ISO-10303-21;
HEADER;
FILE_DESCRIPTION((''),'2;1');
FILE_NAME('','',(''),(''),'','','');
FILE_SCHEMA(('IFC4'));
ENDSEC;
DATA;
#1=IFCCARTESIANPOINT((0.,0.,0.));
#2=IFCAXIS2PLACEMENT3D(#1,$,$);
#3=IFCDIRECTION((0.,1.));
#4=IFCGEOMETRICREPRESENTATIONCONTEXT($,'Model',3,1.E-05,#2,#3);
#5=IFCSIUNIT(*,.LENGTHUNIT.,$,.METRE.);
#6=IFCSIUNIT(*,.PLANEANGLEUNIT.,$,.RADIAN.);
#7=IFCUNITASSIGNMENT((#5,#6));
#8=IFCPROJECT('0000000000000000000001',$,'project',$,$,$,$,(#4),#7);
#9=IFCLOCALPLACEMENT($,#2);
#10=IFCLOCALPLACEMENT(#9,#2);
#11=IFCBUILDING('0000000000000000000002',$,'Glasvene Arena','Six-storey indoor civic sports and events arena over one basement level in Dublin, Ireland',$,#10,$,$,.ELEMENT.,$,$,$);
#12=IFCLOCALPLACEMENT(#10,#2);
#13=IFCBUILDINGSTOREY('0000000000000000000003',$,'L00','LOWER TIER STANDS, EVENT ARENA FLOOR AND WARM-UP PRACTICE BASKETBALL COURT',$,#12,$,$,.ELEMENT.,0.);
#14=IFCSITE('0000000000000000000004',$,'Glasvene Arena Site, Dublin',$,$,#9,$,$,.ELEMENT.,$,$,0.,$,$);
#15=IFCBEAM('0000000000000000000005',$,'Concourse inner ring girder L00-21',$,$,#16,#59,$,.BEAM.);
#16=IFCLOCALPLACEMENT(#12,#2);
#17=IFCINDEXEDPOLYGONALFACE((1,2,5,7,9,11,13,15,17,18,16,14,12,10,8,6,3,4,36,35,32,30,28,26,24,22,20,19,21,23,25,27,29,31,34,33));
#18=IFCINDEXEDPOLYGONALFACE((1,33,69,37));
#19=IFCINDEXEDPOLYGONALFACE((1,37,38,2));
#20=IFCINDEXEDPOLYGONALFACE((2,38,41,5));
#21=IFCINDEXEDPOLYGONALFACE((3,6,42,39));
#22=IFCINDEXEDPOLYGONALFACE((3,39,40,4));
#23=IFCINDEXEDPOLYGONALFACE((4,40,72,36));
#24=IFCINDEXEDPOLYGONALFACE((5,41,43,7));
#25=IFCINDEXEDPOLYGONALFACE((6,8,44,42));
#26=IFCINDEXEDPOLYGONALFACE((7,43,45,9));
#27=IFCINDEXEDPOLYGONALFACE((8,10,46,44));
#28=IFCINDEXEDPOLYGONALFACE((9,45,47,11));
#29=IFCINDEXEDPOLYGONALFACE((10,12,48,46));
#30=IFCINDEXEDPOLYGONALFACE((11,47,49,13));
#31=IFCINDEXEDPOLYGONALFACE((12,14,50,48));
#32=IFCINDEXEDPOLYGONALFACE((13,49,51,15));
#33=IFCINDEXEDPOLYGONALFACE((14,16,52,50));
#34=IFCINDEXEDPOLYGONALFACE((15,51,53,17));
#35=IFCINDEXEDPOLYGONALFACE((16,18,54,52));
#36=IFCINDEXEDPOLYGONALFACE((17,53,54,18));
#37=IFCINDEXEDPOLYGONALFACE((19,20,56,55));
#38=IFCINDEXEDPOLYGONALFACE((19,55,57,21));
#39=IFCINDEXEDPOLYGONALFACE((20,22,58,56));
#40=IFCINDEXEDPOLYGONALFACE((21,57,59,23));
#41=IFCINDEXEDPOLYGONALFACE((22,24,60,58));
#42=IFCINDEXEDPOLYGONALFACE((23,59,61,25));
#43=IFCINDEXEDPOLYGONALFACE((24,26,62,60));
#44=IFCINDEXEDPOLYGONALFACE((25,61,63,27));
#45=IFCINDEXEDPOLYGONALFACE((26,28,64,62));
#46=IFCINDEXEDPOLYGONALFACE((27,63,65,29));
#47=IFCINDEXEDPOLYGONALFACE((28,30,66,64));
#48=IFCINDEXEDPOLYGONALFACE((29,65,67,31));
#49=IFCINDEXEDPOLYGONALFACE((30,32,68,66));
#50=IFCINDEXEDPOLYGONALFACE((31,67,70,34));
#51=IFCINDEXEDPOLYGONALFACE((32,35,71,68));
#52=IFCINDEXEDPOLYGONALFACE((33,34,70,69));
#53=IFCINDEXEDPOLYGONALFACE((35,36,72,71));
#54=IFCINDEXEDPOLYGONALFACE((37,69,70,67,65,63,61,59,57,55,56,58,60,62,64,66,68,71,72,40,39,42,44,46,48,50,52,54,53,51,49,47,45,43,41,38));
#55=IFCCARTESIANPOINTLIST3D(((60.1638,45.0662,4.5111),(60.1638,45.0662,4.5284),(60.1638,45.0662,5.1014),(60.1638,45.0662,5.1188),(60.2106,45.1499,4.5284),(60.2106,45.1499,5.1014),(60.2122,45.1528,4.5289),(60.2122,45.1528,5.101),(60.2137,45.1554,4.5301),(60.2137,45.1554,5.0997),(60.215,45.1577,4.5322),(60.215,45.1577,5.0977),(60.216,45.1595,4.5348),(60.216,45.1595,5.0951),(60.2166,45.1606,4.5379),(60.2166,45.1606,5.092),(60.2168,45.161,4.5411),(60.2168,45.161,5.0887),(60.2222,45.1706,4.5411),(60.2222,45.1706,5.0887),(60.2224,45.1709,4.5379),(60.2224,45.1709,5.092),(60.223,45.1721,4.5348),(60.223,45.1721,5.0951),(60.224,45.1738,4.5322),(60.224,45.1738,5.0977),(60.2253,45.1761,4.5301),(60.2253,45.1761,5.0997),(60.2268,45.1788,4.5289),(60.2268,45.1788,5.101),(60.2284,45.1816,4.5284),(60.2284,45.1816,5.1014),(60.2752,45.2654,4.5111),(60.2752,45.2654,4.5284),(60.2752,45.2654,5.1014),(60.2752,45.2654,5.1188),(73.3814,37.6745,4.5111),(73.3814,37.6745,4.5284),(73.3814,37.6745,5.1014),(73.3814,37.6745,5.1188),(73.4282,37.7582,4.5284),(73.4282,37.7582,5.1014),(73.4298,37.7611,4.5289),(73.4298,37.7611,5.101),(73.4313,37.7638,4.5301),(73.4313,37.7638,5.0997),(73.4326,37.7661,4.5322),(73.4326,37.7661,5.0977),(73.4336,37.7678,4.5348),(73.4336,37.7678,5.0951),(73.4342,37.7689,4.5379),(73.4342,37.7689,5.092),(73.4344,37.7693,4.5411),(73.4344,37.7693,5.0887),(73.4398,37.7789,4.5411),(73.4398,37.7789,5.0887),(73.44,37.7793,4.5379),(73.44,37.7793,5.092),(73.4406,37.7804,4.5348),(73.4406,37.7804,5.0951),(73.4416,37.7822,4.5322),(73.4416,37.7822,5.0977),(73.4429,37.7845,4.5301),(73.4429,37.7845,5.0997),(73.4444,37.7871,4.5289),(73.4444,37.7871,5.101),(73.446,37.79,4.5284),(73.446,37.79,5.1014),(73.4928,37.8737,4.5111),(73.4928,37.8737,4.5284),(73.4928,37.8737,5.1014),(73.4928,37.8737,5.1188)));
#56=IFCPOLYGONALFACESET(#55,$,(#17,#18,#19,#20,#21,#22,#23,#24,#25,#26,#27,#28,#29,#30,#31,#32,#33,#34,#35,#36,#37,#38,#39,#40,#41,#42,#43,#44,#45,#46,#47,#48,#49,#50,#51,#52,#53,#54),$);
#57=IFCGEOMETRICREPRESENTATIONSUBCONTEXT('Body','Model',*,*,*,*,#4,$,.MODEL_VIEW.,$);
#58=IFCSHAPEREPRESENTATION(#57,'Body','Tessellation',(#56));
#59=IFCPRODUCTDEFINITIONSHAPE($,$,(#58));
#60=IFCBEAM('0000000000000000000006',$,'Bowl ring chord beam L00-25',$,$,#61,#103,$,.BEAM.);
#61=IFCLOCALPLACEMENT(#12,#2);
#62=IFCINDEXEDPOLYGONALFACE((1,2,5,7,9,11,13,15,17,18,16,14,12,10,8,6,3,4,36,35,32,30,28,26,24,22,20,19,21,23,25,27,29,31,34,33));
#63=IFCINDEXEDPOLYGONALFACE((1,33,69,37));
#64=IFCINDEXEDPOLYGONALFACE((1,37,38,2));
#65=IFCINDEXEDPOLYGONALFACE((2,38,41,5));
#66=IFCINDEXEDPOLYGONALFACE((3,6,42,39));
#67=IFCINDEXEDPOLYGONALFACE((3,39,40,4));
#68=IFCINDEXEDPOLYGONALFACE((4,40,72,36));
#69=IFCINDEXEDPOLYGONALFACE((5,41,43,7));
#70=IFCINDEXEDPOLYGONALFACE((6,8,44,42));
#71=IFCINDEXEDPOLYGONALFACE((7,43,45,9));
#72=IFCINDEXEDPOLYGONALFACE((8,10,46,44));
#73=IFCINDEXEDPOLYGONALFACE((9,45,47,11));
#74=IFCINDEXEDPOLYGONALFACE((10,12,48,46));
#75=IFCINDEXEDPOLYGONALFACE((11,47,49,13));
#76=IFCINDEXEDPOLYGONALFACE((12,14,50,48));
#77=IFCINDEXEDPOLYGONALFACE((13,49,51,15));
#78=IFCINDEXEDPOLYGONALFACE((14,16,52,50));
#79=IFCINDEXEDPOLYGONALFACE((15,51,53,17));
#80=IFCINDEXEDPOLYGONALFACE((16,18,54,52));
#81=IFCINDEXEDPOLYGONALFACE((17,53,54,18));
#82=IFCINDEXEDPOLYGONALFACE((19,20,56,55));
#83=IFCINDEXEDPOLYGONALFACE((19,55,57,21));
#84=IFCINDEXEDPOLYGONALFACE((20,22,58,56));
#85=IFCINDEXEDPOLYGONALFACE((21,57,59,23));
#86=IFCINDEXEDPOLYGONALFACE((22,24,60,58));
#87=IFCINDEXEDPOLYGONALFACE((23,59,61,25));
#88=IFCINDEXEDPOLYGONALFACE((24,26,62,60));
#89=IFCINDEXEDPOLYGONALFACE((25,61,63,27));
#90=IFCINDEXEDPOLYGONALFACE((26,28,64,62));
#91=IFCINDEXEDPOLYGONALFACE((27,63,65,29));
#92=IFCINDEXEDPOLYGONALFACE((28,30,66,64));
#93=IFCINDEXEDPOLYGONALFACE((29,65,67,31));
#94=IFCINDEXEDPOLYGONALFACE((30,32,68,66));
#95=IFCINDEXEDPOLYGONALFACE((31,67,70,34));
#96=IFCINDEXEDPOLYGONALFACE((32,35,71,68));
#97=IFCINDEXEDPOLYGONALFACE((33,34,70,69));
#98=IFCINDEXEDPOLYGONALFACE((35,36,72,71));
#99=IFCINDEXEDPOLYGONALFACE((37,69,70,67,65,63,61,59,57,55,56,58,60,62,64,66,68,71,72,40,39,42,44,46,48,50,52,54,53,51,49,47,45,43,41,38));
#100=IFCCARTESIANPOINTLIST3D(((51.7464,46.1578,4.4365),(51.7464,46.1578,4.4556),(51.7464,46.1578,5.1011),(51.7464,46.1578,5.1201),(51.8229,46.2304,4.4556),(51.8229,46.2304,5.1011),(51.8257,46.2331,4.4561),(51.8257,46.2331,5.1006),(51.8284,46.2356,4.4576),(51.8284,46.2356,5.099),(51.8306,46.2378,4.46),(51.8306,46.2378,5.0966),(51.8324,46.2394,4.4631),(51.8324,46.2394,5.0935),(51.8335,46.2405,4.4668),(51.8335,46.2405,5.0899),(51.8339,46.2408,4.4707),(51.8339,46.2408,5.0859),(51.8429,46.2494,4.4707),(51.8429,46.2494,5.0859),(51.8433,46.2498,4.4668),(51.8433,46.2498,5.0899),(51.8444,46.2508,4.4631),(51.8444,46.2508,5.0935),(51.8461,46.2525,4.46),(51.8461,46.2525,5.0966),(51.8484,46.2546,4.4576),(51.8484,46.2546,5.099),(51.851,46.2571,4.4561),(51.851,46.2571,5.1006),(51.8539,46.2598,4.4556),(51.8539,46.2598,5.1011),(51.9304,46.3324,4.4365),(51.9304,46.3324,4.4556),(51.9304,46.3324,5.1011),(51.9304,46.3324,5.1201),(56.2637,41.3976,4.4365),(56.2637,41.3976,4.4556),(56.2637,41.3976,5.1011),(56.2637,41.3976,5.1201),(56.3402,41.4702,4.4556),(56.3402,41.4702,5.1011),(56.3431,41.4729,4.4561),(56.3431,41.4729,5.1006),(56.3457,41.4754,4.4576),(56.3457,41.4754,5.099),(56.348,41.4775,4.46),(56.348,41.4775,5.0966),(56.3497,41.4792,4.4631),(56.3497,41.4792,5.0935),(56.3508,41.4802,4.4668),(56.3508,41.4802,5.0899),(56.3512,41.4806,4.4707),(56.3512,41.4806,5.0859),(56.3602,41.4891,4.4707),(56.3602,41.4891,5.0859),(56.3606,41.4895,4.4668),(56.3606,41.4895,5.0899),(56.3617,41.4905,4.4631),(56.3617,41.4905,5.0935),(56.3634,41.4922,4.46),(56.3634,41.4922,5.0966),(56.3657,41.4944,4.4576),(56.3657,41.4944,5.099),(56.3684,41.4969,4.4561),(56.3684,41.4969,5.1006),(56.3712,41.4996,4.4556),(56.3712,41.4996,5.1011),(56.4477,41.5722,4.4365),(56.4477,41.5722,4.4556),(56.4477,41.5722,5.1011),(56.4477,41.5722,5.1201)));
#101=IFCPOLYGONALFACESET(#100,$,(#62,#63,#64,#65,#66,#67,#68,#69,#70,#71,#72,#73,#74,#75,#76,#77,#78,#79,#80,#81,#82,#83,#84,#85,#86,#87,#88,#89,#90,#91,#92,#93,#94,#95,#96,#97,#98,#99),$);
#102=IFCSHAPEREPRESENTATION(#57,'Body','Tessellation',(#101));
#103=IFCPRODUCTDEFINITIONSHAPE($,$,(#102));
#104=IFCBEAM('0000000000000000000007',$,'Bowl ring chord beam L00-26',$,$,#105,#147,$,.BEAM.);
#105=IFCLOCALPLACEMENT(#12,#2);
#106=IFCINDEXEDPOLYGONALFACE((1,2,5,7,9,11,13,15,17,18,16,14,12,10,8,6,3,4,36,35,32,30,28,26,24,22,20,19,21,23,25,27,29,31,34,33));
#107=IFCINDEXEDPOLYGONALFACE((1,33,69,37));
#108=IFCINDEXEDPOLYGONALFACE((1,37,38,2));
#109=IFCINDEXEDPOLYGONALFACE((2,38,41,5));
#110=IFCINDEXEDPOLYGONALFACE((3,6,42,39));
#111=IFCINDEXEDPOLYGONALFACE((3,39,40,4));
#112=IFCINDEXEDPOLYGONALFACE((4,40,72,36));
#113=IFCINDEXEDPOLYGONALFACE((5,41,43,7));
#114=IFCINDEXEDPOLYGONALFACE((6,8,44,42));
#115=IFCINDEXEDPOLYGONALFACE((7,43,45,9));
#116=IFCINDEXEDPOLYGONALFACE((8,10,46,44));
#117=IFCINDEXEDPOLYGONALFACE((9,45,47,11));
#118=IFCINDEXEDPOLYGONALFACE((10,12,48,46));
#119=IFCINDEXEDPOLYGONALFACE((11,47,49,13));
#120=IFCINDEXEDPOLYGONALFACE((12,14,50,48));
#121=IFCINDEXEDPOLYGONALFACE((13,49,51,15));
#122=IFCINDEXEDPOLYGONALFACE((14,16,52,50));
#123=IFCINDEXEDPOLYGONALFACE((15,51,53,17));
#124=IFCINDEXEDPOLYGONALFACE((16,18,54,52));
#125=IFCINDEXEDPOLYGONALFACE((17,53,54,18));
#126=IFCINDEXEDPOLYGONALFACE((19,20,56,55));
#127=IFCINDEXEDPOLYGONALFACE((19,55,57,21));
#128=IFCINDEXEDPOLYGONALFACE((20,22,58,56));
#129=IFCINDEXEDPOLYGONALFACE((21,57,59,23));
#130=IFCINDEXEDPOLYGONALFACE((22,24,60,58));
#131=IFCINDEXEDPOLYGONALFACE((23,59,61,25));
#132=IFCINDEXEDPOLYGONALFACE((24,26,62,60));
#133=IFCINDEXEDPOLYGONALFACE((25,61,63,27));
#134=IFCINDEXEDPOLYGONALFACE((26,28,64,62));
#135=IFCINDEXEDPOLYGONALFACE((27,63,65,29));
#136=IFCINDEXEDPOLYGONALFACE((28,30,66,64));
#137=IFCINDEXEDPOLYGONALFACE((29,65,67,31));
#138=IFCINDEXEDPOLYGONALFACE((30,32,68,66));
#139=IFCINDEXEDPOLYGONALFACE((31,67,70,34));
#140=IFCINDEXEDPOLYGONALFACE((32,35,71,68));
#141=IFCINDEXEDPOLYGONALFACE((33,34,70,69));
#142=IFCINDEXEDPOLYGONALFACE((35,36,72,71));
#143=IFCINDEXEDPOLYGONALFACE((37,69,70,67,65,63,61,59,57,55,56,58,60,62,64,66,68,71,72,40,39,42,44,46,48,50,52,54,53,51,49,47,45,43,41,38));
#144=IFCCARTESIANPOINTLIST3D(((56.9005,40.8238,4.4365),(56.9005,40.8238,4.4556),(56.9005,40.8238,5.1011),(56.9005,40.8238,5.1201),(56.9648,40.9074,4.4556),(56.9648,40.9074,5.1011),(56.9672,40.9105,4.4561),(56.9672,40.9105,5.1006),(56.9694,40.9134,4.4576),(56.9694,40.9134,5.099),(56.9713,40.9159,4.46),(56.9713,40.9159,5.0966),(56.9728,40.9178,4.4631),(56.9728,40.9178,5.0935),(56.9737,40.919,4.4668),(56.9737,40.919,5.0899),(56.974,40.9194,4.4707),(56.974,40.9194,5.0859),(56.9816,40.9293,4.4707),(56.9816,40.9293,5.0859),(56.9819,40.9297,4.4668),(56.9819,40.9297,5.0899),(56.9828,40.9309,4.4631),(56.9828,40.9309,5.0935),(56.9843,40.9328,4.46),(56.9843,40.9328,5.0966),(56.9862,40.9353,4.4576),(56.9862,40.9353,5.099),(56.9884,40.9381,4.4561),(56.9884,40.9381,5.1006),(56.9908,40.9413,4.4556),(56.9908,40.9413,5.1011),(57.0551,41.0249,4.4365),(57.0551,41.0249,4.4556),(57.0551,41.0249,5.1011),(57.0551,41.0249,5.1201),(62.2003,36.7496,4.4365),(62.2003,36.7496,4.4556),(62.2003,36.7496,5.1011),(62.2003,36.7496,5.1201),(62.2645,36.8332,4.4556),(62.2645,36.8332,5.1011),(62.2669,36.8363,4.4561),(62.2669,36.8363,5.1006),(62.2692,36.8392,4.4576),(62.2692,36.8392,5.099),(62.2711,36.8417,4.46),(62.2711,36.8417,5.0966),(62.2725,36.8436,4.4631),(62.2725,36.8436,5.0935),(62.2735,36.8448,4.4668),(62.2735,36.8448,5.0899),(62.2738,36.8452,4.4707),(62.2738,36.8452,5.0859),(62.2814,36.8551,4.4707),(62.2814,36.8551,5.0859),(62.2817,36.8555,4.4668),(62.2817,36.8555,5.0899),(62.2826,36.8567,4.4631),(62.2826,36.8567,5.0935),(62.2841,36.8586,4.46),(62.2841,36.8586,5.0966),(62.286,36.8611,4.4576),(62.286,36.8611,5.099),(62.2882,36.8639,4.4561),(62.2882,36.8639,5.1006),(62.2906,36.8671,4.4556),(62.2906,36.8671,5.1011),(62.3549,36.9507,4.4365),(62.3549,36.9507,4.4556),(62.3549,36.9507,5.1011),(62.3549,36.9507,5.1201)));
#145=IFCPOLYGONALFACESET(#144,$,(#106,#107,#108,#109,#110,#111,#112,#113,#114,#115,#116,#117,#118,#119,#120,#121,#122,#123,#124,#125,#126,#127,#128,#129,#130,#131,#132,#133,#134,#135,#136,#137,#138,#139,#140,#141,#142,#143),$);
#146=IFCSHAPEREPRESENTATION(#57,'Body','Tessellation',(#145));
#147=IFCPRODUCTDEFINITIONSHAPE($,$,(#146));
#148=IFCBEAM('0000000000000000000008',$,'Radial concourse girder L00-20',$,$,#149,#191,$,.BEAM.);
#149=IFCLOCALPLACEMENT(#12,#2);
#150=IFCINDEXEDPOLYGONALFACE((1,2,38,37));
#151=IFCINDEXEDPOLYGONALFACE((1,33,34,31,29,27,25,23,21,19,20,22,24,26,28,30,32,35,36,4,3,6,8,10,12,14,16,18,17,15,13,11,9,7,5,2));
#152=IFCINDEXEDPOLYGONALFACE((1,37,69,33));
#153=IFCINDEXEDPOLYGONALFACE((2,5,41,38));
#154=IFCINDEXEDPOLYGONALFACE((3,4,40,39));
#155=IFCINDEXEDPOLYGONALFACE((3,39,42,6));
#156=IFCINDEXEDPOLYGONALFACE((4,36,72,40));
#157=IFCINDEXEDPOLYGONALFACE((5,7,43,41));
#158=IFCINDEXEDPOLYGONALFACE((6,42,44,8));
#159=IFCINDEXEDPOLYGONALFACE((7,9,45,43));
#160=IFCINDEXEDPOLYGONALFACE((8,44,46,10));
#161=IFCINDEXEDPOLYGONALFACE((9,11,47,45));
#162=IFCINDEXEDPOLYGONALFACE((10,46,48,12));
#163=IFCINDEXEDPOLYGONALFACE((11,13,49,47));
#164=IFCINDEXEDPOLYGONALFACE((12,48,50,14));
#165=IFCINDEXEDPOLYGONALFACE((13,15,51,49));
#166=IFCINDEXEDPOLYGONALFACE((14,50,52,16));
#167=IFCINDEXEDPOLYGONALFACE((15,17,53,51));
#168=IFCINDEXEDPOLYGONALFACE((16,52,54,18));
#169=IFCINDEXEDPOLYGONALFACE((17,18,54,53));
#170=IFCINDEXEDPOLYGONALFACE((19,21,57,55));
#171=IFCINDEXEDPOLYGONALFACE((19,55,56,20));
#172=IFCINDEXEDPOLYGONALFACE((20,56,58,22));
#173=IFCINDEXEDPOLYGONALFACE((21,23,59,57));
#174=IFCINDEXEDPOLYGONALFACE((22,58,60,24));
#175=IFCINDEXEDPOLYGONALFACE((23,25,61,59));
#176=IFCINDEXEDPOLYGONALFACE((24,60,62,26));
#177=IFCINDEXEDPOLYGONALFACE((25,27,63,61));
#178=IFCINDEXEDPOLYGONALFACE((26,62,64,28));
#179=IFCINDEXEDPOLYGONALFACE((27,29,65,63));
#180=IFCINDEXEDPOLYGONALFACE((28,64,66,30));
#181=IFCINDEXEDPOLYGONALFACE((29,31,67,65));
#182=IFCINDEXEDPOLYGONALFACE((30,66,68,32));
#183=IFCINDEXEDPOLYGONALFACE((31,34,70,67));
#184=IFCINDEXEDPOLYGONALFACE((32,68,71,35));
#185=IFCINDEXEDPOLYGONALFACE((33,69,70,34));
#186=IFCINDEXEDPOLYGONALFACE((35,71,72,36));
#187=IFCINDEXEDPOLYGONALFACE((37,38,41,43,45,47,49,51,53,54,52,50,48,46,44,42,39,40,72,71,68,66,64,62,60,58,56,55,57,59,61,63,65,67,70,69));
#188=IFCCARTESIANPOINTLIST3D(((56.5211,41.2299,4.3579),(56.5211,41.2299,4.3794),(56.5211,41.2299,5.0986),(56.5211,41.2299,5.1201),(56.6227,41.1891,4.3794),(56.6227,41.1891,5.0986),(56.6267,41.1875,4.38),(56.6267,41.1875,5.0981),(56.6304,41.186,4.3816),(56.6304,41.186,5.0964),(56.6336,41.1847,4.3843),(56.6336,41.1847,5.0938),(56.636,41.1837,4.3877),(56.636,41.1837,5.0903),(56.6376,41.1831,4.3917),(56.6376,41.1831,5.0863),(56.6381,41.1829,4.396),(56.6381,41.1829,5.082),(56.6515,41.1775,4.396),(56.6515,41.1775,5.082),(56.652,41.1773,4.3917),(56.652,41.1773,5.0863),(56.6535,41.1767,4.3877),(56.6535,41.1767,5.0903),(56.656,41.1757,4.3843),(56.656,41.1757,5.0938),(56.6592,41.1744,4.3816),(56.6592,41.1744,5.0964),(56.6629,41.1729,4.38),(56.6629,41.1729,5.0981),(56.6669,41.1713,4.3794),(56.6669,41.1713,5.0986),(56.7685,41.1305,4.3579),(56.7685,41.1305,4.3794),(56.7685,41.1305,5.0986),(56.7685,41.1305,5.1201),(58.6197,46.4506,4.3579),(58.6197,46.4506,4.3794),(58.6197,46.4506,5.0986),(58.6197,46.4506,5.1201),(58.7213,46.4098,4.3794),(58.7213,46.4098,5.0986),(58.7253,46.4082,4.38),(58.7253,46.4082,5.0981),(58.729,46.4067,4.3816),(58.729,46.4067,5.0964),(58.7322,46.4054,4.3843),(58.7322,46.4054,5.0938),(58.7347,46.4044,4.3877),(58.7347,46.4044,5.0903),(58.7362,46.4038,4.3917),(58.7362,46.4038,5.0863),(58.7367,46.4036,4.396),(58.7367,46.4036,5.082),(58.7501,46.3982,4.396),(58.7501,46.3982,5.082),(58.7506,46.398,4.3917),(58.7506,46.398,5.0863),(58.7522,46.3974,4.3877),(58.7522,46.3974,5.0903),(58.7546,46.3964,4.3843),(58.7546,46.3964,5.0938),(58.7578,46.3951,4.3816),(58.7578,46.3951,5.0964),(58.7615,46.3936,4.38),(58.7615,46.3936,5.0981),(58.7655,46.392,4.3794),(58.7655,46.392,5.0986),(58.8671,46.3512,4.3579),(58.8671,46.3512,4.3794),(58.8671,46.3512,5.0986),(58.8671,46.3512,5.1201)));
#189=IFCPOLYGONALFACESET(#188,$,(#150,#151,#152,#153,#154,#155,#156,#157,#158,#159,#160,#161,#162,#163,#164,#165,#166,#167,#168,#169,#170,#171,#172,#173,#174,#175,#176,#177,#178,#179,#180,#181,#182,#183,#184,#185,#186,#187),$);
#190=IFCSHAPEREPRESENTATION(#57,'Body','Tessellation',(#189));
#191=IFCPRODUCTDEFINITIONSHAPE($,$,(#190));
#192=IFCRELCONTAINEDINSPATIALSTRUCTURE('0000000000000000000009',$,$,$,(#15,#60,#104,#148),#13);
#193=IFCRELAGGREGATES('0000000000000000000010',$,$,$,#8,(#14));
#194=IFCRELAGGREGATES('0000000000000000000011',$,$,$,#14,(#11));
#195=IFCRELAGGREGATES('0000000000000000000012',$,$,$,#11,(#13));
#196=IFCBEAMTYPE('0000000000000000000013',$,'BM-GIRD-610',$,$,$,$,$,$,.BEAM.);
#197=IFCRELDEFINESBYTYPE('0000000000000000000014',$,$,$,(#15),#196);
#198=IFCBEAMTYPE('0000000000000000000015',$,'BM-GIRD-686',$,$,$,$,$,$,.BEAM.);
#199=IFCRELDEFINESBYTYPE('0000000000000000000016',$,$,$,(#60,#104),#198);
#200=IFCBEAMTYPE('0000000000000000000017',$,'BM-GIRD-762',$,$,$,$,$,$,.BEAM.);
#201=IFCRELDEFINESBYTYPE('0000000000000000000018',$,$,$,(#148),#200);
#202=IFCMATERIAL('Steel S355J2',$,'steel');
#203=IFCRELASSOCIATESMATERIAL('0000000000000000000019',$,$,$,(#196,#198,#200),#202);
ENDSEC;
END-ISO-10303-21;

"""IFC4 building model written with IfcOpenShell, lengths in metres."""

from ifc_helpers import new_model, si_unit, direction, frame, origin, origin_2d, place, context, subcontext, project, spatial, i_section, extrude, material, material_profile, profile_set, type_object, element, save


model = new_model("IFC4")

# Units and contexts
model_context = context("Model", 3, precision=1e-05, world=origin(), true_north=direction((0.0, 1.0)))
body_context = subcontext(model_context, "Body", "Model", "MODEL_VIEW")
ifc_project = project(units=[si_unit("LENGTHUNIT", "METRE"), si_unit("PLANEANGLEUNIT", "RADIAN")], contexts=[model_context])

# Site, building, storey
site_placement = place(None, origin())
site = spatial("IfcSite", under=ifc_project, at=site_placement, Name="Glasvene Arena Site, Dublin", CompositionType="ELEMENT", RefElevation=0.0)
building_placement = place(site_placement, origin())
building = spatial("IfcBuilding", under=site, at=building_placement, Name="Glasvene Arena", Description="Six-storey indoor civic sports and events arena over one basement level in Dublin, Ireland", CompositionType="ELEMENT")
storey_placement = place(building_placement, origin())
storey = spatial("IfcBuildingStorey", under=building, at=storey_placement, Name="L00", Description="LOWER TIER STANDS, EVENT ARENA FLOOR AND WARM-UP PRACTICE BASKETBALL COURT", CompositionType="ELEMENT", Elevation=0.0)

# Shared definitions
ifc_material_1 = material(Name="Steel S355J2", Category="steel")

# Beams
ifc_material_profile_1 = material_profile(ifc_material_1, i_section(OverallWidth=0.2283, OverallDepth=0.6077, WebThickness=0.011, FlangeThickness=0.0173, FilletRadius=0.0127, at=origin_2d()), Name="UKB 610x229x113")
ifc_profile_set_1 = profile_set([ifc_material_profile_1], Name="Steel S355J2")
beam_type_1 = type_object("IfcBeamType", Name="BM-GIRD-610", PredefinedType="BEAM", material=ifc_profile_set_1)
beam_1_placement = place(storey_placement, frame((60.2195, 45.1658, 4.8149), z_axis=(0.872793, -0.48809, 0.0), x_axis=(0.48809, 0.872793, 0.0)))
element("IfcBeam", 1, at=beam_1_placement, inside=storey, type_object=beam_type_1, Name="Concourse inner ring girder L00-21", PredefinedType="BEAM", context=body_context, shape_type="SweptSolid", body=[
    extrude(i_section(OverallWidth=0.2283, OverallDepth=0.6077, WebThickness=0.011, FlangeThickness=0.0173, FilletRadius=0.0127, at=origin_2d()), origin(), (0.0, 0.0, 1.0), 15.144),
])
ifc_material_profile_2 = material_profile(ifc_material_1, i_section(OverallWidth=0.2537, OverallDepth=0.6836, WebThickness=0.0125, FlangeThickness=0.019, FilletRadius=0.0151, at=origin_2d()), Name="UKB 686x254x140")
ifc_profile_set_2 = profile_set([ifc_material_profile_2], Name="Steel S355J2")
beam_type_2 = type_object("IfcBeamType", Name="BM-GIRD-686", PredefinedType="BEAM", material=ifc_profile_set_2)
beam_2_placement = place(storey_placement, frame((51.8384, 46.2451, 4.7783), z_axis=(0.688356, -0.725373, 0.0), x_axis=(0.725373, 0.688356, 0.0)))
element("IfcBeam", 2, at=beam_2_placement, inside=storey, type_object=beam_type_2, Name="Bowl ring chord beam L00-25", PredefinedType="BEAM", context=body_context, shape_type="SweptSolid", body=[
    extrude(i_section(OverallWidth=0.2537, OverallDepth=0.6836, WebThickness=0.0125, FlangeThickness=0.019, FilletRadius=0.0151, at=origin_2d()), origin(), (0.0, 0.0, 1.0), 6.5625),
])
beam_3_placement = place(storey_placement, frame((56.9778, 40.9243, 4.7783), z_axis=(0.792809, -0.609471, 0.0), x_axis=(0.609471, 0.792809, 0.0)))
element("IfcBeam", 3, at=beam_3_placement, inside=storey, type_object=beam_type_2, Name="Bowl ring chord beam L00-26", PredefinedType="BEAM", context=body_context, shape_type="SweptSolid", body=[
    extrude(i_section(OverallWidth=0.2537, OverallDepth=0.6836, WebThickness=0.0125, FlangeThickness=0.019, FilletRadius=0.0151, at=origin_2d()), origin(), (0.0, 0.0, 1.0), 6.6848),
])
ifc_material_profile_3 = material_profile(ifc_material_1, i_section(OverallWidth=0.2666, OverallDepth=0.7622, WebThickness=0.0144, FlangeThickness=0.0215, FilletRadius=0.0166, at=origin_2d()), Name="UKB 762x267x173")
ifc_profile_set_3 = profile_set([ifc_material_profile_3], Name="Steel S355J2")
beam_type_3 = type_object("IfcBeamType", Name="BM-GIRD-762", PredefinedType="BEAM", material=ifc_profile_set_3)
beam_4_placement = place(storey_placement, frame((58.7434, 46.4009, 4.739), z_axis=(-0.372976, -0.927841, 0.0), x_axis=(0.927841, -0.372976, 0.0)))
element("IfcBeam", 4, at=beam_4_placement, inside=storey, type_object=beam_type_3, Name="Radial concourse girder L00-20", PredefinedType="BEAM", context=body_context, shape_type="SweptSolid", body=[
    extrude(i_section(OverallWidth=0.2666, OverallDepth=0.7622, WebThickness=0.0144, FlangeThickness=0.0215, FilletRadius=0.0166, at=origin_2d()), origin(), (0.0, 0.0, 1.0), 5.6267),
])

save(model, "model.ifc")
